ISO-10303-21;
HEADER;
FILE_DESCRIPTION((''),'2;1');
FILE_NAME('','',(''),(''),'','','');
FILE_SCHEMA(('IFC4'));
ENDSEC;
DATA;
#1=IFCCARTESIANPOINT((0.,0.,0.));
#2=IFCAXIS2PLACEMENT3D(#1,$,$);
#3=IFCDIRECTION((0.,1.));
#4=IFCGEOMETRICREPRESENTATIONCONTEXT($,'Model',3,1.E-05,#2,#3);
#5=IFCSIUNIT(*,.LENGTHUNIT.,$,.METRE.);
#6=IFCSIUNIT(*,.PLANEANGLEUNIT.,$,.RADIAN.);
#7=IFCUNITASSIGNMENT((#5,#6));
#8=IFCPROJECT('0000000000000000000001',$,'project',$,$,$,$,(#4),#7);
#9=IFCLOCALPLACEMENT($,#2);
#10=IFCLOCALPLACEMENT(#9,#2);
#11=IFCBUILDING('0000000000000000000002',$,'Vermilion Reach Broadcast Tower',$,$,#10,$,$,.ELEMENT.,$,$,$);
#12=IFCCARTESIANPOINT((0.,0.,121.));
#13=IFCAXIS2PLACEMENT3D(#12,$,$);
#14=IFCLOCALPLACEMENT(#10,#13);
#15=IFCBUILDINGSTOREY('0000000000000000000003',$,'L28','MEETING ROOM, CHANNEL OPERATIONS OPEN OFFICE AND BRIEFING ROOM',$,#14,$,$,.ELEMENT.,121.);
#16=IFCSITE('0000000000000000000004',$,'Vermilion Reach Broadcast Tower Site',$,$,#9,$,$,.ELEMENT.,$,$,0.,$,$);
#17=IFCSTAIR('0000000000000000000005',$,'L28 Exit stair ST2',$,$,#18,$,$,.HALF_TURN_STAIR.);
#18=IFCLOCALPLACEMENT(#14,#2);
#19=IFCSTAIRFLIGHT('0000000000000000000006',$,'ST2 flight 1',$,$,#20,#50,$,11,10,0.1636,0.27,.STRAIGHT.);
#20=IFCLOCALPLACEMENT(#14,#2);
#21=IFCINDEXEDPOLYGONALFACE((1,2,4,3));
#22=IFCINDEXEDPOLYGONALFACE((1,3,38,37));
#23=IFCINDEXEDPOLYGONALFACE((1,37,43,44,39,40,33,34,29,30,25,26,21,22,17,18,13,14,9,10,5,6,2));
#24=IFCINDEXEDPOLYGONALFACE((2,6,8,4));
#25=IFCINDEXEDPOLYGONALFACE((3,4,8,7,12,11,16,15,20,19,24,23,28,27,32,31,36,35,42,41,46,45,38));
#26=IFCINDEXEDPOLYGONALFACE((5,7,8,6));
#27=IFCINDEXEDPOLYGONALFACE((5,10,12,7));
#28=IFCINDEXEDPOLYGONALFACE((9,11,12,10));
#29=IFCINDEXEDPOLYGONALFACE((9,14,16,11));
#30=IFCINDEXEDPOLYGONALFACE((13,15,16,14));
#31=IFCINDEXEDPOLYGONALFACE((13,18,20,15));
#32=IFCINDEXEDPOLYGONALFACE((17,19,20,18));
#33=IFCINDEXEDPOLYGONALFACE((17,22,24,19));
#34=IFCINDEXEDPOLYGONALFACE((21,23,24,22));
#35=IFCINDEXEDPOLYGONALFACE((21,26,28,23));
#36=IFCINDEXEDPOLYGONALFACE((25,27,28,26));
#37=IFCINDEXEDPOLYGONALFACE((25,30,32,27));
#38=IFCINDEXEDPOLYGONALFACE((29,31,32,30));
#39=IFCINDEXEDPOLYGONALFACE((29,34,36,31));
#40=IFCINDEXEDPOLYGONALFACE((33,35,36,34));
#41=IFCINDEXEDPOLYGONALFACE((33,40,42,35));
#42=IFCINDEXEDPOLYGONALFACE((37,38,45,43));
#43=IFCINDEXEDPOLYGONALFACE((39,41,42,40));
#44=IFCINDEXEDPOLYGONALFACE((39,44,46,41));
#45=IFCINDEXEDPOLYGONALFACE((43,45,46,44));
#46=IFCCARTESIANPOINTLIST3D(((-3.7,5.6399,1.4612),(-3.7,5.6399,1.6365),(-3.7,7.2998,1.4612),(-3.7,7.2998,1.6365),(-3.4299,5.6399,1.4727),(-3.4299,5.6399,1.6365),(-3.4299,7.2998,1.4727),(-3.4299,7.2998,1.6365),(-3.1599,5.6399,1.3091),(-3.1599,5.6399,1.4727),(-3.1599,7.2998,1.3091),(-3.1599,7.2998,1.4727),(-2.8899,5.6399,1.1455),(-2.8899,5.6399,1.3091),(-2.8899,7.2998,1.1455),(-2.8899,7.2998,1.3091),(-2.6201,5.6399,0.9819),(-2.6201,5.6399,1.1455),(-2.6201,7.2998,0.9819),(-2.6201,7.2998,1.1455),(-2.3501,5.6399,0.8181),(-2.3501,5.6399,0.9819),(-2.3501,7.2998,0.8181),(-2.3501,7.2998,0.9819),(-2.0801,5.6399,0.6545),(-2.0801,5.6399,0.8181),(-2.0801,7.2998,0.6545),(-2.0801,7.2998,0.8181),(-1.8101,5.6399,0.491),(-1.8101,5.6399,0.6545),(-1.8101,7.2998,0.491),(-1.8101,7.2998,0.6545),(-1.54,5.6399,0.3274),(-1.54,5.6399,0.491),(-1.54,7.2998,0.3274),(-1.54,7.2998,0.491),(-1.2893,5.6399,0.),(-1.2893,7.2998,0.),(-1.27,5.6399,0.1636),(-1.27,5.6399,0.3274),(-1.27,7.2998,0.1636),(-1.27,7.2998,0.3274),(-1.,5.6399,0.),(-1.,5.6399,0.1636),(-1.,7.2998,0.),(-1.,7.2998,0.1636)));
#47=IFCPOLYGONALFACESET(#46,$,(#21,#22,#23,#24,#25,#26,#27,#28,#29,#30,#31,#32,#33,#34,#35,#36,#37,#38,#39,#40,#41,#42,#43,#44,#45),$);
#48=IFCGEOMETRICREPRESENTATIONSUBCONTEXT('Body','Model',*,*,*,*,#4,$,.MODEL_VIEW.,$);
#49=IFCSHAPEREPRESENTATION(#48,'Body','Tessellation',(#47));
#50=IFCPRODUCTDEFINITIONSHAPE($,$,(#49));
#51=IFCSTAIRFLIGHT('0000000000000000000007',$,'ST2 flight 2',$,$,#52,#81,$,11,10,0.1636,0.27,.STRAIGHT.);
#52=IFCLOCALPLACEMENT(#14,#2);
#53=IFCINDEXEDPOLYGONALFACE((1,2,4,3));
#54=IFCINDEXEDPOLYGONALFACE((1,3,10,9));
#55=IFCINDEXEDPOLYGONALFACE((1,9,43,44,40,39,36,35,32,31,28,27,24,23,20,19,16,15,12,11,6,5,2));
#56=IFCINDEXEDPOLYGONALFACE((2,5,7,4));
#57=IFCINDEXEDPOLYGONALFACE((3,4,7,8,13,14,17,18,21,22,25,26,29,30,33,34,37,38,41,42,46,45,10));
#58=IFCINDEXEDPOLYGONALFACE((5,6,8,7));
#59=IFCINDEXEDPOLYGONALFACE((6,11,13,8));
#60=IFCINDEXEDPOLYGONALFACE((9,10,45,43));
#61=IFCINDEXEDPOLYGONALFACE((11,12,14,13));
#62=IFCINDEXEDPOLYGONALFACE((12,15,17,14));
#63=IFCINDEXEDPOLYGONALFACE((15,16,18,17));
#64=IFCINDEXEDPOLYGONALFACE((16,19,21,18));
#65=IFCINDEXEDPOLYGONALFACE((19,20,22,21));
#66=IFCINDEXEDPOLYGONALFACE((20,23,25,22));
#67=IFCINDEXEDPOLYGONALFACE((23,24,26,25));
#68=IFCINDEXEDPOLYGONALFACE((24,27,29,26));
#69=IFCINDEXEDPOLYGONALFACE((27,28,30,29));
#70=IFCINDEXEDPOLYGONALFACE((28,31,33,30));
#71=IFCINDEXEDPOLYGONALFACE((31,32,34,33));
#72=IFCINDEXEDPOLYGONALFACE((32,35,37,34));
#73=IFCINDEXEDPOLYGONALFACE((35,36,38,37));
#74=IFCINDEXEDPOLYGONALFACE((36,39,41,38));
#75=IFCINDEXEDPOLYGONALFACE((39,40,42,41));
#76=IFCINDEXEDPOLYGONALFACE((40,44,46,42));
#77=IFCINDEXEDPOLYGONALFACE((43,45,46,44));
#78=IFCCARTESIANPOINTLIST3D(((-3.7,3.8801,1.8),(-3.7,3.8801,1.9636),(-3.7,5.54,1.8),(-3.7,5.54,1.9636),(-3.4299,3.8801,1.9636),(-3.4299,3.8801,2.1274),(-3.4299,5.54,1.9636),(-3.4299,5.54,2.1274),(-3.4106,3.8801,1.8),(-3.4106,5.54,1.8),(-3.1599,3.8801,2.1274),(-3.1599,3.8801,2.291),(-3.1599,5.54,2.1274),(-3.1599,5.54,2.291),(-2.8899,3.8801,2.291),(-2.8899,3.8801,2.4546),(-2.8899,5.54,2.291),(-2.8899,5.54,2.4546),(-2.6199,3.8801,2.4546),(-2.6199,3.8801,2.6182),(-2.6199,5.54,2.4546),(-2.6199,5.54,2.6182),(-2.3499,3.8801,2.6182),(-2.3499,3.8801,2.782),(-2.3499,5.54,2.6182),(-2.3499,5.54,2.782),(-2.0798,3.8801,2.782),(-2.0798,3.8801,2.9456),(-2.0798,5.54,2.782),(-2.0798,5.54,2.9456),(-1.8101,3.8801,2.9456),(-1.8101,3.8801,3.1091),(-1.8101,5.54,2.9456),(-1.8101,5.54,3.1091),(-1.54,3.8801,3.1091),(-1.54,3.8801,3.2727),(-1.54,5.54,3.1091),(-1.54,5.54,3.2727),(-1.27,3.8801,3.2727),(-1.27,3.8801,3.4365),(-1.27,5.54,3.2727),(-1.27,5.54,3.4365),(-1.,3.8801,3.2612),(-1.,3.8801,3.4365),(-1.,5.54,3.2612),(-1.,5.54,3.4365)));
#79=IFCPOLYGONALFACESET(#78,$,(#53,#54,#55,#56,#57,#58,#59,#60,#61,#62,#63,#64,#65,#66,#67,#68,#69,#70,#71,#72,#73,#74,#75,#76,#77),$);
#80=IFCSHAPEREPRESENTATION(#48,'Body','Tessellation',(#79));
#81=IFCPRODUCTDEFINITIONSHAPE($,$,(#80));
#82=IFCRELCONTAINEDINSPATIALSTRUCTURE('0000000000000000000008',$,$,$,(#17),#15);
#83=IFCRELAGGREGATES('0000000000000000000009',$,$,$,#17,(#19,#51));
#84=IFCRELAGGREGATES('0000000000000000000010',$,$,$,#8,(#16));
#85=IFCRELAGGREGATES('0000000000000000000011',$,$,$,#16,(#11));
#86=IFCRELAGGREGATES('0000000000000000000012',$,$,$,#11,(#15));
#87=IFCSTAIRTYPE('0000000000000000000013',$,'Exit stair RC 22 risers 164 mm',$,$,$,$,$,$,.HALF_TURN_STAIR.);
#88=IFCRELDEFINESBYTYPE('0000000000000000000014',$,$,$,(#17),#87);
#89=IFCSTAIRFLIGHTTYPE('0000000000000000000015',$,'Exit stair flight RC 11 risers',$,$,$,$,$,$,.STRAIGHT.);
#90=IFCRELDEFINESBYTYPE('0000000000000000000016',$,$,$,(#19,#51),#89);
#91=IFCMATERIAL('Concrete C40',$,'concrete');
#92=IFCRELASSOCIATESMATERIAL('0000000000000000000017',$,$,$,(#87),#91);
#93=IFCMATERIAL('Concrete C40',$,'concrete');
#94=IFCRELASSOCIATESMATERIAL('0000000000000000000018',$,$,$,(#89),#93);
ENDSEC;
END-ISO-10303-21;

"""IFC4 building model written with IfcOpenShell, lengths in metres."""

from ifc_helpers import new_model, si_unit, direction, frame, origin, place, context, subcontext, project, spatial, polyline, outline, extrude, material, type_object, element, aggregate, save


model = new_model("IFC4")

# Units and contexts
model_context = context("Model", 3, precision=1e-05, world=origin(), true_north=direction((0.0, 1.0)))
body_context = subcontext(model_context, "Body", "Model", "MODEL_VIEW")
ifc_project = project(units=[si_unit("LENGTHUNIT", "METRE"), si_unit("PLANEANGLEUNIT", "RADIAN")], contexts=[model_context])

# Site, building, storey
site_placement = place(None, origin())
site = spatial("IfcSite", under=ifc_project, at=site_placement, Name="Vermilion Reach Broadcast Tower Site", CompositionType="ELEMENT", RefElevation=0.0)
building_placement = place(site_placement, origin())
building = spatial("IfcBuilding", under=site, at=building_placement, Name="Vermilion Reach Broadcast Tower", CompositionType="ELEMENT")
storey_placement = place(building_placement, frame((0.0, 0.0, 121.0)))
storey = spatial("IfcBuildingStorey", under=building, at=storey_placement, Name="L28", Description="MEETING ROOM, CHANNEL OPERATIONS OPEN OFFICE AND BRIEFING ROOM", CompositionType="ELEMENT", Elevation=121.0)

# Stair
ifc_material_1 = material(Name="Concrete C40", Category="concrete")
stair_type = type_object("IfcStairType", Name="Exit stair RC 22 risers 164 mm", PredefinedType="HALF_TURN_STAIR", material=ifc_material_1)
placement_1 = place(storey_placement, origin())
stair_1 = element("IfcStair", 1, at=placement_1, inside=storey, type_object=stair_type, Name="L28 Exit stair ST2", PredefinedType="HALF_TURN_STAIR")

# Stair flights
ifc_material_2 = material(Name="Concrete C40", Category="concrete")
stair_flight_type = type_object("IfcStairFlightType", Name="Exit stair flight RC 11 risers", PredefinedType="STRAIGHT", material=ifc_material_2)
stair_flight_1_placement = place(storey_placement, frame((-1.0, 6.47, 0.0), z_axis=(0.0, 0.0, 1.0), x_axis=(-1.0, 0.0, 0.0)))
stair_flight_1 = element("IfcStairFlight", 2, at=stair_flight_1_placement, type_object=stair_flight_type, Name="ST2 flight 1", NumberOfRisers=11, NumberOfTreads=10, PredefinedType="STRAIGHT", RiserHeight=0.1636, TreadLength=0.27, context=body_context, shape_type="SweptSolid", body=[
    extrude(outline(polyline([(0.0, 0.0), (0.0, 0.1636), (0.27, 0.1636), (0.27, 0.3274), (0.54, 0.3274), (0.54, 0.491), (0.8101, 0.491), (0.8101, 0.6545), (1.0801, 0.6545), (1.0801, 0.8181), (1.3501, 0.8181), (1.3501, 0.9819), (1.6201, 0.9819), (1.6201, 1.1455), (1.8899, 1.1455), (1.8899, 1.3091), (2.1599, 1.3091), (2.1599, 1.4727), (2.4299, 1.4727), (2.4299, 1.6365), (2.7, 1.6365), (2.7, 1.8), (2.7, 1.4612), (0.2893, 0.0), (0.0, 0.0)])), frame((0.0, 0.8301, 0.0), z_axis=(0.0, -1.0, 0.0), x_axis=(1.0, 0.0, 0.0)), (0.0, 0.0, 1.0), 1.6599),
])
stair_flight_2_placement = place(storey_placement, frame((-3.7, 4.71, 1.8), z_axis=(0.0, 0.0, 1.0), x_axis=(1.0, 0.0, 0.0)))
stair_flight_2 = element("IfcStairFlight", 3, at=stair_flight_2_placement, type_object=stair_flight_type, Name="ST2 flight 2", NumberOfRisers=11, NumberOfTreads=10, PredefinedType="STRAIGHT", RiserHeight=0.1636, TreadLength=0.27, context=body_context, shape_type="SweptSolid", body=[
    extrude(outline(polyline([(0.0, 0.0), (0.0, 0.1636), (0.27, 0.1636), (0.27, 0.3274), (0.54, 0.3274), (0.54, 0.491), (0.8101, 0.491), (0.8101, 0.6545), (1.0801, 0.6545), (1.0801, 0.8181), (1.3501, 0.8181), (1.3501, 0.9819), (1.6201, 0.9819), (1.6201, 1.1455), (1.8899, 1.1455), (1.8899, 1.3091), (2.1599, 1.3091), (2.1599, 1.4727), (2.4299, 1.4727), (2.4299, 1.6365), (2.7, 1.6365), (2.7, 1.8), (2.7, 1.4612), (0.2893, 0.0), (0.0, 0.0)])), frame((0.0, 0.8301, 0.0), z_axis=(0.0, -1.0, 0.0), x_axis=(1.0, 0.0, 0.0)), (0.0, 0.0, 1.0), 1.6599),
])
aggregate(stair_1, [stair_flight_1, stair_flight_2])

save(model, "model.ifc")
